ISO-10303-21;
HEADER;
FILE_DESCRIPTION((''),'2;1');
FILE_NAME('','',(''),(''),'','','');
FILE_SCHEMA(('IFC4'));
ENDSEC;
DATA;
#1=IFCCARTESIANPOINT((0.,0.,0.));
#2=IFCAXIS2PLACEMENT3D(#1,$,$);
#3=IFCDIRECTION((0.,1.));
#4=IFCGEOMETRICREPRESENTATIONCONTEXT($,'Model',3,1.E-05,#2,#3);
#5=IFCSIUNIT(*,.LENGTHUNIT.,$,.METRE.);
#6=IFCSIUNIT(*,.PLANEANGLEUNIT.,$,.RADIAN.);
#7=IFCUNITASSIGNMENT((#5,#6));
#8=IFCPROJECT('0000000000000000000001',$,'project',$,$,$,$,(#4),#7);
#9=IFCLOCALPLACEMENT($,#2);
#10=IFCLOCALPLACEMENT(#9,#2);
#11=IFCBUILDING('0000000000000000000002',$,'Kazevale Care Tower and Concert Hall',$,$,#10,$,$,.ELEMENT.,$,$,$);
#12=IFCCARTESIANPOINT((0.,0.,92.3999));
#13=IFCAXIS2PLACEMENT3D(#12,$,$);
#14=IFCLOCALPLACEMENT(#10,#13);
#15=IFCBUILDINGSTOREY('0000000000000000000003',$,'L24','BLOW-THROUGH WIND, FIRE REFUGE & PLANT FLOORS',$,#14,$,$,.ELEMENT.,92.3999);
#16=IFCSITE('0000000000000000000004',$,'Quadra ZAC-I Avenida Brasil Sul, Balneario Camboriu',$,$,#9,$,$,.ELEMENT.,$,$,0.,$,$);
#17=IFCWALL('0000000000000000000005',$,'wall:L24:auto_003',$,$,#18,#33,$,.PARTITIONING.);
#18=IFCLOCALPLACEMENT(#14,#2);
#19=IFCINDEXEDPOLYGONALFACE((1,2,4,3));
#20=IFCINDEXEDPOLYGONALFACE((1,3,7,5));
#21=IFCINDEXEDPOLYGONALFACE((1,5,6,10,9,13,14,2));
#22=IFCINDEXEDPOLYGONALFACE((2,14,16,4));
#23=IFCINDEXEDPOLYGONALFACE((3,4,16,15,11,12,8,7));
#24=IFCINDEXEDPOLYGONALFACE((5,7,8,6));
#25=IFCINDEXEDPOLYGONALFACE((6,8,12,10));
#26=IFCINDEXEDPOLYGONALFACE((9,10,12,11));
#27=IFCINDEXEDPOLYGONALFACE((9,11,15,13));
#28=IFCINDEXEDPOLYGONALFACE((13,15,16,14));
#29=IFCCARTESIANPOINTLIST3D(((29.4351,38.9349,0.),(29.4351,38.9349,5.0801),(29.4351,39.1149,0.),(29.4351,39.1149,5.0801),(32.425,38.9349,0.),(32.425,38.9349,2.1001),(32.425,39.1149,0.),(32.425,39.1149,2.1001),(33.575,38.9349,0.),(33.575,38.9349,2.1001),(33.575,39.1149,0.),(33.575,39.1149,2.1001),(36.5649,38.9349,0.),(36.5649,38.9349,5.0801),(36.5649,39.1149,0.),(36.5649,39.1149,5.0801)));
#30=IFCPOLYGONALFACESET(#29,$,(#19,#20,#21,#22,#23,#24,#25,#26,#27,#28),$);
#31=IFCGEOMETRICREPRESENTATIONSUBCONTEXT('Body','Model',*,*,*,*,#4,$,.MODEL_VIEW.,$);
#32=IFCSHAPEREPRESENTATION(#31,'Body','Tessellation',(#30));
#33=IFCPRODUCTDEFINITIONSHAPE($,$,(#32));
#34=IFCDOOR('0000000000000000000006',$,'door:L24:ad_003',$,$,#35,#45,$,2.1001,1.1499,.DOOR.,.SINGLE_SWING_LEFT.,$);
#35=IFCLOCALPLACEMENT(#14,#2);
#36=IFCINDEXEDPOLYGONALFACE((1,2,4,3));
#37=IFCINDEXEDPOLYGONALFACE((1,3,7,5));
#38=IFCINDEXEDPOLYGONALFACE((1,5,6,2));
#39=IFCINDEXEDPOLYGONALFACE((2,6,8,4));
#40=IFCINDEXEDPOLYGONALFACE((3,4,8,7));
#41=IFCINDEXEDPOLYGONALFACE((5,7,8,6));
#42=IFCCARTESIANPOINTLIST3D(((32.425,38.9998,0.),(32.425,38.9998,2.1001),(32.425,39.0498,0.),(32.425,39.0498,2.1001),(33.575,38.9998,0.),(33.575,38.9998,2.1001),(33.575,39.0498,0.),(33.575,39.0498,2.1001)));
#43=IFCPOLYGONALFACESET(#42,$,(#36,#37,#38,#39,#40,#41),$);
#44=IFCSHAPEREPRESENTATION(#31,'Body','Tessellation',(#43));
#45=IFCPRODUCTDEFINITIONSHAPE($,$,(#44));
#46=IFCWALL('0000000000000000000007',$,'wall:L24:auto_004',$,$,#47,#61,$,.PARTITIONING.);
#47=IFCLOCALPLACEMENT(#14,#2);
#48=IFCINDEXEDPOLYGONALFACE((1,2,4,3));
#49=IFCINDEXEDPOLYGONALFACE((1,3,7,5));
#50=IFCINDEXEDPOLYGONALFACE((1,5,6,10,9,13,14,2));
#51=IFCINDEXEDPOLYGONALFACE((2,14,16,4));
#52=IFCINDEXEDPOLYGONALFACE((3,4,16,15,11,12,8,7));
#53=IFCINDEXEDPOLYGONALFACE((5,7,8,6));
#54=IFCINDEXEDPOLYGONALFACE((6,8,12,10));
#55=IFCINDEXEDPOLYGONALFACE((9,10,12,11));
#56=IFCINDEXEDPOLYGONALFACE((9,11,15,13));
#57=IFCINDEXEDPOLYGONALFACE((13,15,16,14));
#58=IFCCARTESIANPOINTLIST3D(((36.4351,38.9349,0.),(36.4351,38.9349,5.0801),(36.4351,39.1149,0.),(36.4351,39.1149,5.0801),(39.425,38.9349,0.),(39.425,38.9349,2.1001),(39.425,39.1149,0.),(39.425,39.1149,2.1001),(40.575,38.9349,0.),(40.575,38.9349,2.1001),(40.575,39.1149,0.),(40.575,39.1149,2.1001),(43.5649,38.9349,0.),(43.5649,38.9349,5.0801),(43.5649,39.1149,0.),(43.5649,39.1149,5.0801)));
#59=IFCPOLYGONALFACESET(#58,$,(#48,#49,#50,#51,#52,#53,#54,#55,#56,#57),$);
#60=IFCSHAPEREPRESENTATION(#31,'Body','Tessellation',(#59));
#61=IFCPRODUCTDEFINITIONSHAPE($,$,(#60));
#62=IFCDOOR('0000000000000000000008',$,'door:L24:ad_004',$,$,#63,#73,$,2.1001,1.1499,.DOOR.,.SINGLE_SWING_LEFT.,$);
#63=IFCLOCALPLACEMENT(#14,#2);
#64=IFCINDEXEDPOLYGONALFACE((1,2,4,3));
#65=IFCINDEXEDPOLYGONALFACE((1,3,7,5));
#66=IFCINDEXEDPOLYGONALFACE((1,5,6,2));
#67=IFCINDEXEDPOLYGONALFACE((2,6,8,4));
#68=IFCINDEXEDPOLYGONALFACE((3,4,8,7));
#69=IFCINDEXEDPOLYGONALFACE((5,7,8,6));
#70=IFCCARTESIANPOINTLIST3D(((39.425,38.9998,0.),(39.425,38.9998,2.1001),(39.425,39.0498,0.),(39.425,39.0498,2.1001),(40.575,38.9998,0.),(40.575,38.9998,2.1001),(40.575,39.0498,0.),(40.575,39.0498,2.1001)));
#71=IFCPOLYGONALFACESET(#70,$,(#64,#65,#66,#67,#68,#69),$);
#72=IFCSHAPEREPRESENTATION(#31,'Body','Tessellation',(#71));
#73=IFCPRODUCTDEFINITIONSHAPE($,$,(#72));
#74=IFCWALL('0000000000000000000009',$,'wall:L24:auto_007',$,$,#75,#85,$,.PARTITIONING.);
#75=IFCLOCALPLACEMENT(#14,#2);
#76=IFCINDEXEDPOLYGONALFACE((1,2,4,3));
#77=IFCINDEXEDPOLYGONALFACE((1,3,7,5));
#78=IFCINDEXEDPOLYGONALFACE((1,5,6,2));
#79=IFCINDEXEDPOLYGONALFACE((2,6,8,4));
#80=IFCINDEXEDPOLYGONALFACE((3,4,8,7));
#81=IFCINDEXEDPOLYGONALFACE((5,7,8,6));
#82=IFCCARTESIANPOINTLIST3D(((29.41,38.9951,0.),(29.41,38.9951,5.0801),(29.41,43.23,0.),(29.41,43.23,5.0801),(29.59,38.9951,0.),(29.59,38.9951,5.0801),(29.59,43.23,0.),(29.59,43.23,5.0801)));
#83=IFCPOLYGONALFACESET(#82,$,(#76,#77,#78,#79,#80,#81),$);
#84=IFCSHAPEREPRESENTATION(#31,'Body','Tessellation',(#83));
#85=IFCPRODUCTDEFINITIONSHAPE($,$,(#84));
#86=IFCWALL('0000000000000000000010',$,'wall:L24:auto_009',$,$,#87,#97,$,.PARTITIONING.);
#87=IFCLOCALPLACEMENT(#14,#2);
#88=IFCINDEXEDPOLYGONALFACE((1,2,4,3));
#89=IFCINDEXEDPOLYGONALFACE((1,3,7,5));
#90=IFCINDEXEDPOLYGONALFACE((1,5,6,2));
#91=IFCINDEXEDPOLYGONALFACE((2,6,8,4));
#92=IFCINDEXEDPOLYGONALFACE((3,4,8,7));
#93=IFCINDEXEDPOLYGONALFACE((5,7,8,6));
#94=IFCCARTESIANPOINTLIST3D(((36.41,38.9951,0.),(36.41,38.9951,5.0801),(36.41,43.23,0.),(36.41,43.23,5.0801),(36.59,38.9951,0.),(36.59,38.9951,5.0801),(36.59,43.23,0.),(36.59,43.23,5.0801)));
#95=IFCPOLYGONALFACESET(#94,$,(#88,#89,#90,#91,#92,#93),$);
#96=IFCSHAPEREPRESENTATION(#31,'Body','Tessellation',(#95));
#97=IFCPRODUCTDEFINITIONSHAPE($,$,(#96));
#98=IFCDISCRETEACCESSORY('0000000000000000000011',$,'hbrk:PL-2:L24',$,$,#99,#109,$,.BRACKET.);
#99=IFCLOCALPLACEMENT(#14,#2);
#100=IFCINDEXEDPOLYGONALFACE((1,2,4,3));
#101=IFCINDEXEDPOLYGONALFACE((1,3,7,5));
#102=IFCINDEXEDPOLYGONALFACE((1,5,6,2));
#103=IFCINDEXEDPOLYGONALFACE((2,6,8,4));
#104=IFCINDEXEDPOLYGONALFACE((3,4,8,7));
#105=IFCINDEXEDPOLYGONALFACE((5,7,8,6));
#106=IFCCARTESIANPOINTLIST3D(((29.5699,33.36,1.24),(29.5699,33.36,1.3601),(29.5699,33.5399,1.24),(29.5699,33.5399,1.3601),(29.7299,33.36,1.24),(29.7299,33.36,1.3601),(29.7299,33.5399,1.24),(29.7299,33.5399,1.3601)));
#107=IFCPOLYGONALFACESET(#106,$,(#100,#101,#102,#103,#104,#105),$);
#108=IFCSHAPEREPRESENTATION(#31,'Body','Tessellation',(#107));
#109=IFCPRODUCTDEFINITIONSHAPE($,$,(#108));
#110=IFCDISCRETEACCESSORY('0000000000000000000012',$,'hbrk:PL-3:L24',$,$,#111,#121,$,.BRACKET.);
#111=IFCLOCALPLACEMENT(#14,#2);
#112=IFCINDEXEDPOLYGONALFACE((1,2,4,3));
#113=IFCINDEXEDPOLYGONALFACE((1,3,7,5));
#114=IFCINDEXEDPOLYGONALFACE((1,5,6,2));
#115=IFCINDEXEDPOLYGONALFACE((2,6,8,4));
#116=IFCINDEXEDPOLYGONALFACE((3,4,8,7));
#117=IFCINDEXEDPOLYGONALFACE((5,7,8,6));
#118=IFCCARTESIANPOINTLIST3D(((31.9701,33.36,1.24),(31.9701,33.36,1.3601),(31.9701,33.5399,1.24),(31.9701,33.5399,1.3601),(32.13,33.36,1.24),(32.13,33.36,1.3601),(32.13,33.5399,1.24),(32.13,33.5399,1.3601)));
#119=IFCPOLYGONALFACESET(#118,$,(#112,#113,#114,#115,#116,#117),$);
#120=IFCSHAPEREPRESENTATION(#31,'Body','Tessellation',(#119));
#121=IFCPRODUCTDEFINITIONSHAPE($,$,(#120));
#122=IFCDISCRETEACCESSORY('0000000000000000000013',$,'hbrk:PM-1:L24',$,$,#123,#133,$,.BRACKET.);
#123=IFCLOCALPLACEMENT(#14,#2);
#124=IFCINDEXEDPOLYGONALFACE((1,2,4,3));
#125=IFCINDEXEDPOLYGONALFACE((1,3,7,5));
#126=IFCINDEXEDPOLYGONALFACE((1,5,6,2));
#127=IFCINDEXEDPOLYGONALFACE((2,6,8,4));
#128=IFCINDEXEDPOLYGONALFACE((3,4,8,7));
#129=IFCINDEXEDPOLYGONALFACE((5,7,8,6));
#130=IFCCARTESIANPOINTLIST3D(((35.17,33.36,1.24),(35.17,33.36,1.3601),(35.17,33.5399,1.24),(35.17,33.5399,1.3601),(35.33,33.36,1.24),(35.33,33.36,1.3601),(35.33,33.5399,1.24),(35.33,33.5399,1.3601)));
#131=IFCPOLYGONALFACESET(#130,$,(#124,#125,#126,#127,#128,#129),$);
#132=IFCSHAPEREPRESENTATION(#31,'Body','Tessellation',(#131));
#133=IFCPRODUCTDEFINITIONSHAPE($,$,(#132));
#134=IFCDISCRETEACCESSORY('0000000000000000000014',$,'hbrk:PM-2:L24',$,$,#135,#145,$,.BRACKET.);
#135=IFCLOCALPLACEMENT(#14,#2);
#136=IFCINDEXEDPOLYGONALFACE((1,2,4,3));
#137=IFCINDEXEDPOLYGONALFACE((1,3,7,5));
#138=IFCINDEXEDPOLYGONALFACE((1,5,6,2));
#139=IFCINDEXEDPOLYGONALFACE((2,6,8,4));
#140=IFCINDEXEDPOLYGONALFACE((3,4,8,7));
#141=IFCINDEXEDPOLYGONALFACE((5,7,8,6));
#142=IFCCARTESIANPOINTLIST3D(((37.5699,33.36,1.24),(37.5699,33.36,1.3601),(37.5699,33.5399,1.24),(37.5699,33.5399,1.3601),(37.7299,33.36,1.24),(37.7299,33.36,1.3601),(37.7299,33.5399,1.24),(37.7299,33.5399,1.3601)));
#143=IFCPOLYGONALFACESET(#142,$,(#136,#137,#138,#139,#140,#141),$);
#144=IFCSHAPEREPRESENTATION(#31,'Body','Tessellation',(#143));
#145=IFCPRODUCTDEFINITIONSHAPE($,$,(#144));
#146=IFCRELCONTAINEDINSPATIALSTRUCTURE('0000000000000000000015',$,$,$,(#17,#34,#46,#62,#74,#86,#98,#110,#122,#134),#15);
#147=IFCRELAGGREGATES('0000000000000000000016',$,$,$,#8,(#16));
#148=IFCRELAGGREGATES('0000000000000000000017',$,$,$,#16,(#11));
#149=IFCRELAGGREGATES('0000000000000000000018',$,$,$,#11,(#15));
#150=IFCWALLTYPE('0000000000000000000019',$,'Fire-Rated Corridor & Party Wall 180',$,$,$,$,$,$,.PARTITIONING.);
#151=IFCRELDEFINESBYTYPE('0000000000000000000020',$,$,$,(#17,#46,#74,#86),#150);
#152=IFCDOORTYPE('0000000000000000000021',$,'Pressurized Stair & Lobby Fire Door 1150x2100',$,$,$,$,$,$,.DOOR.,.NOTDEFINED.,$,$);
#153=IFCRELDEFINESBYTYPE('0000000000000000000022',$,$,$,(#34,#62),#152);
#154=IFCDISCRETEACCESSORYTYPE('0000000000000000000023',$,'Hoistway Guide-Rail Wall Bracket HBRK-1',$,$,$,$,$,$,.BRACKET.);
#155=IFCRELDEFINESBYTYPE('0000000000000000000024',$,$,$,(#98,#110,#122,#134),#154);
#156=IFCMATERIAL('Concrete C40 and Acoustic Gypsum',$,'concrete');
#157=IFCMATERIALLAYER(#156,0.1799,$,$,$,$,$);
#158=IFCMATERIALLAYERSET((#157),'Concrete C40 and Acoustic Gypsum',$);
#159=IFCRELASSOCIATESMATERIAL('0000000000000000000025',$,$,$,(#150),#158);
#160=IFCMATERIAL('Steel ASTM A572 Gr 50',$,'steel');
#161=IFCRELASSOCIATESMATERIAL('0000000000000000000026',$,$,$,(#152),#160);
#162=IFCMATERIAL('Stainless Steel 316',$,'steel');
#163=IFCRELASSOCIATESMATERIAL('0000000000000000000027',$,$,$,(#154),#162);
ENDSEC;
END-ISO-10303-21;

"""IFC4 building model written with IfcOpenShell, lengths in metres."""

from ifc_helpers import new_model, si_unit, direction, frame, frame_2d, origin, origin_2d, place, context, subcontext, project, spatial, rectangle, extrude, material, layer, layer_set, type_object, element, fill, save


model = new_model("IFC4")

# Units and contexts
model_context = context("Model", 3, precision=1e-05, world=origin(), true_north=direction((0.0, 1.0)))
body_context = subcontext(model_context, "Body", "Model", "MODEL_VIEW")
ifc_project = project(units=[si_unit("LENGTHUNIT", "METRE"), si_unit("PLANEANGLEUNIT", "RADIAN")], contexts=[model_context])

# Site, building, storey
site_placement = place(None, origin())
site = spatial("IfcSite", under=ifc_project, at=site_placement, Name="Quadra ZAC-I Avenida Brasil Sul, Balneario Camboriu", CompositionType="ELEMENT", RefElevation=0.0)
building_placement = place(site_placement, origin())
building = spatial("IfcBuilding", under=site, at=building_placement, Name="Kazevale Care Tower and Concert Hall", CompositionType="ELEMENT")
storey_placement = place(building_placement, frame((0.0, 0.0, 92.3999)))
storey = spatial("IfcBuildingStorey", under=building, at=storey_placement, Name="L24", Description="BLOW-THROUGH WIND, FIRE REFUGE & PLANT FLOORS", CompositionType="ELEMENT", Elevation=92.3999)

# Shared definitions
ifc_material_1 = material(Name="Steel ASTM A572 Gr 50", Category="steel")

# Walls, openings, doors
ifc_material_2 = material(Name="Concrete C40 and Acoustic Gypsum", Category="concrete")
ifc_layer_1 = layer(ifc_material_2, 0.1799)
ifc_layer_set_1 = layer_set([ifc_layer_1], Name="Concrete C40 and Acoustic Gypsum")
wall_type_1 = type_object("IfcWallType", Name="Fire-Rated Corridor & Party Wall 180", PredefinedType="PARTITIONING", material=ifc_layer_set_1)
wall_1_placement = place(storey_placement, frame((29.4351, 39.0249, 0.0), z_axis=(0.0, 0.0, 1.0), x_axis=(1.0, 0.0, 0.0)))
wall_1 = element("IfcWall", 1, at=wall_1_placement, inside=storey, type_object=wall_type_1, Name="wall:L24:auto_003", PredefinedType="PARTITIONING", context=body_context, shape_type="SweptSolid", body=[
    extrude(rectangle(XDim=7.1299, YDim=0.1799, at=frame_2d((3.5649, 0.0))), origin(), (0.0, 0.0, 1.0), 5.0801),
])
opening_1_placement = place(wall_1_placement, frame((2.99, 0.0, 0.0)))
opening_1 = element("IfcOpeningElement", 2, at=opening_1_placement, cuts=wall_1, PredefinedType="OPENING", context=body_context, shape_type="SweptSolid", body=[
    extrude(rectangle(XDim=1.1499, YDim=2.1001, at=frame_2d((0.575, 1.05))), frame((0.0, 0.0999, 0.0), z_axis=(0.0, -1.0, 0.0), x_axis=(1.0, 0.0, 0.0)), (0.0, 0.0, 1.0), 0.2),
])
door_type = type_object("IfcDoorType", Name="Pressurized Stair & Lobby Fire Door 1150x2100", OperationType="NOTDEFINED", PredefinedType="DOOR", material=ifc_material_1)
door_1_placement = place(opening_1_placement, origin())
door_1 = element("IfcDoor", 3, at=door_1_placement, inside=storey, type_object=door_type, Name="door:L24:ad_003", OperationType="SINGLE_SWING_LEFT", OverallHeight=2.1001, OverallWidth=1.1499, PredefinedType="DOOR", context=body_context, shape_type="SweptSolid", body=[
    extrude(rectangle(XDim=1.1499, YDim=2.1001, at=frame_2d((0.575, 1.05))), frame((0.0, 0.0249, 0.0), z_axis=(0.0, -1.0, 0.0), x_axis=(1.0, 0.0, 0.0)), (0.0, 0.0, 1.0), 0.05),
])
fill(opening_1, door_1)
wall_2_placement = place(storey_placement, frame((36.4351, 39.0249, 0.0), z_axis=(0.0, 0.0, 1.0), x_axis=(1.0, 0.0, 0.0)))
wall_2 = element("IfcWall", 4, at=wall_2_placement, inside=storey, type_object=wall_type_1, Name="wall:L24:auto_004", PredefinedType="PARTITIONING", context=body_context, shape_type="SweptSolid", body=[
    extrude(rectangle(XDim=7.1299, YDim=0.1799, at=frame_2d((3.5649, 0.0))), origin(), (0.0, 0.0, 1.0), 5.0801),
])
opening_2_placement = place(wall_2_placement, frame((2.99, 0.0, 0.0)))
opening_2 = element("IfcOpeningElement", 5, at=opening_2_placement, cuts=wall_2, PredefinedType="OPENING", context=body_context, shape_type="SweptSolid", body=[
    extrude(rectangle(XDim=1.1499, YDim=2.1001, at=frame_2d((0.575, 1.05))), frame((0.0, 0.0999, 0.0), z_axis=(0.0, -1.0, 0.0), x_axis=(1.0, 0.0, 0.0)), (0.0, 0.0, 1.0), 0.2),
])
door_2_placement = place(opening_2_placement, origin())
door_2 = element("IfcDoor", 6, at=door_2_placement, inside=storey, type_object=door_type, Name="door:L24:ad_004", OperationType="SINGLE_SWING_LEFT", OverallHeight=2.1001, OverallWidth=1.1499, PredefinedType="DOOR", context=body_context, shape_type="SweptSolid", body=[
    extrude(rectangle(XDim=1.1499, YDim=2.1001, at=frame_2d((0.575, 1.05))), frame((0.0, 0.0249, 0.0), z_axis=(0.0, -1.0, 0.0), x_axis=(1.0, 0.0, 0.0)), (0.0, 0.0, 1.0), 0.05),
])
fill(opening_2, door_2)

# Walls
for number, where, z_axis, x_axis, name in (
    (7, (29.5, 43.23, 0.0), (0.0, 0.0, 1.0), (0.0, -1.0, 0.0), "wall:L24:auto_007"),
    (8, (36.5, 43.23, 0.0), (0.0, 0.0, 1.0), (0.0, -1.0, 0.0), "wall:L24:auto_009"),
):
    element("IfcWall", number, at=place(storey_placement, frame(where, z_axis=z_axis, x_axis=x_axis)), inside=storey, type_object=wall_type_1, Name=name, PredefinedType="PARTITIONING", context=body_context, shape_type="SweptSolid", body=[
        extrude(rectangle(XDim=4.2349, YDim=0.1799, at=frame_2d((2.1174, 0.0))), origin(), (0.0, 0.0, 1.0), 5.0801),
    ])

# Discrete accessories
ifc_material_3 = material(Name="Stainless Steel 316", Category="steel")
discrete_accessory_type = type_object("IfcDiscreteAccessoryType", Name="Hoistway Guide-Rail Wall Bracket HBRK-1", PredefinedType="BRACKET", material=ifc_material_3)
for number, where, z_axis, x_axis, name in (
    (9, (29.6499, 33.45, 1.24), (0.0, 0.0, 1.0), (1.0, 0.0, 0.0), "hbrk:PL-2:L24"),
    (10, (32.05, 33.45, 1.24), (0.0, 0.0, 1.0), (1.0, 0.0, 0.0), "hbrk:PL-3:L24"),
    (11, (35.25, 33.45, 1.24), (0.0, 0.0, 1.0), (1.0, 0.0, 0.0), "hbrk:PM-1:L24"),
    (12, (37.6499, 33.45, 1.24), (0.0, 0.0, 1.0), (1.0, 0.0, 0.0), "hbrk:PM-2:L24"),
):
    element("IfcDiscreteAccessory", number, at=place(storey_placement, frame(where, z_axis=z_axis, x_axis=x_axis)), inside=storey, type_object=discrete_accessory_type, Name=name, PredefinedType="BRACKET", context=body_context, shape_type="SweptSolid", body=[
        extrude(rectangle(XDim=0.1599, YDim=0.1799, at=origin_2d()), origin(), (0.0, 0.0, 1.0), 0.1201),
    ])

save(model, "model.ifc")
